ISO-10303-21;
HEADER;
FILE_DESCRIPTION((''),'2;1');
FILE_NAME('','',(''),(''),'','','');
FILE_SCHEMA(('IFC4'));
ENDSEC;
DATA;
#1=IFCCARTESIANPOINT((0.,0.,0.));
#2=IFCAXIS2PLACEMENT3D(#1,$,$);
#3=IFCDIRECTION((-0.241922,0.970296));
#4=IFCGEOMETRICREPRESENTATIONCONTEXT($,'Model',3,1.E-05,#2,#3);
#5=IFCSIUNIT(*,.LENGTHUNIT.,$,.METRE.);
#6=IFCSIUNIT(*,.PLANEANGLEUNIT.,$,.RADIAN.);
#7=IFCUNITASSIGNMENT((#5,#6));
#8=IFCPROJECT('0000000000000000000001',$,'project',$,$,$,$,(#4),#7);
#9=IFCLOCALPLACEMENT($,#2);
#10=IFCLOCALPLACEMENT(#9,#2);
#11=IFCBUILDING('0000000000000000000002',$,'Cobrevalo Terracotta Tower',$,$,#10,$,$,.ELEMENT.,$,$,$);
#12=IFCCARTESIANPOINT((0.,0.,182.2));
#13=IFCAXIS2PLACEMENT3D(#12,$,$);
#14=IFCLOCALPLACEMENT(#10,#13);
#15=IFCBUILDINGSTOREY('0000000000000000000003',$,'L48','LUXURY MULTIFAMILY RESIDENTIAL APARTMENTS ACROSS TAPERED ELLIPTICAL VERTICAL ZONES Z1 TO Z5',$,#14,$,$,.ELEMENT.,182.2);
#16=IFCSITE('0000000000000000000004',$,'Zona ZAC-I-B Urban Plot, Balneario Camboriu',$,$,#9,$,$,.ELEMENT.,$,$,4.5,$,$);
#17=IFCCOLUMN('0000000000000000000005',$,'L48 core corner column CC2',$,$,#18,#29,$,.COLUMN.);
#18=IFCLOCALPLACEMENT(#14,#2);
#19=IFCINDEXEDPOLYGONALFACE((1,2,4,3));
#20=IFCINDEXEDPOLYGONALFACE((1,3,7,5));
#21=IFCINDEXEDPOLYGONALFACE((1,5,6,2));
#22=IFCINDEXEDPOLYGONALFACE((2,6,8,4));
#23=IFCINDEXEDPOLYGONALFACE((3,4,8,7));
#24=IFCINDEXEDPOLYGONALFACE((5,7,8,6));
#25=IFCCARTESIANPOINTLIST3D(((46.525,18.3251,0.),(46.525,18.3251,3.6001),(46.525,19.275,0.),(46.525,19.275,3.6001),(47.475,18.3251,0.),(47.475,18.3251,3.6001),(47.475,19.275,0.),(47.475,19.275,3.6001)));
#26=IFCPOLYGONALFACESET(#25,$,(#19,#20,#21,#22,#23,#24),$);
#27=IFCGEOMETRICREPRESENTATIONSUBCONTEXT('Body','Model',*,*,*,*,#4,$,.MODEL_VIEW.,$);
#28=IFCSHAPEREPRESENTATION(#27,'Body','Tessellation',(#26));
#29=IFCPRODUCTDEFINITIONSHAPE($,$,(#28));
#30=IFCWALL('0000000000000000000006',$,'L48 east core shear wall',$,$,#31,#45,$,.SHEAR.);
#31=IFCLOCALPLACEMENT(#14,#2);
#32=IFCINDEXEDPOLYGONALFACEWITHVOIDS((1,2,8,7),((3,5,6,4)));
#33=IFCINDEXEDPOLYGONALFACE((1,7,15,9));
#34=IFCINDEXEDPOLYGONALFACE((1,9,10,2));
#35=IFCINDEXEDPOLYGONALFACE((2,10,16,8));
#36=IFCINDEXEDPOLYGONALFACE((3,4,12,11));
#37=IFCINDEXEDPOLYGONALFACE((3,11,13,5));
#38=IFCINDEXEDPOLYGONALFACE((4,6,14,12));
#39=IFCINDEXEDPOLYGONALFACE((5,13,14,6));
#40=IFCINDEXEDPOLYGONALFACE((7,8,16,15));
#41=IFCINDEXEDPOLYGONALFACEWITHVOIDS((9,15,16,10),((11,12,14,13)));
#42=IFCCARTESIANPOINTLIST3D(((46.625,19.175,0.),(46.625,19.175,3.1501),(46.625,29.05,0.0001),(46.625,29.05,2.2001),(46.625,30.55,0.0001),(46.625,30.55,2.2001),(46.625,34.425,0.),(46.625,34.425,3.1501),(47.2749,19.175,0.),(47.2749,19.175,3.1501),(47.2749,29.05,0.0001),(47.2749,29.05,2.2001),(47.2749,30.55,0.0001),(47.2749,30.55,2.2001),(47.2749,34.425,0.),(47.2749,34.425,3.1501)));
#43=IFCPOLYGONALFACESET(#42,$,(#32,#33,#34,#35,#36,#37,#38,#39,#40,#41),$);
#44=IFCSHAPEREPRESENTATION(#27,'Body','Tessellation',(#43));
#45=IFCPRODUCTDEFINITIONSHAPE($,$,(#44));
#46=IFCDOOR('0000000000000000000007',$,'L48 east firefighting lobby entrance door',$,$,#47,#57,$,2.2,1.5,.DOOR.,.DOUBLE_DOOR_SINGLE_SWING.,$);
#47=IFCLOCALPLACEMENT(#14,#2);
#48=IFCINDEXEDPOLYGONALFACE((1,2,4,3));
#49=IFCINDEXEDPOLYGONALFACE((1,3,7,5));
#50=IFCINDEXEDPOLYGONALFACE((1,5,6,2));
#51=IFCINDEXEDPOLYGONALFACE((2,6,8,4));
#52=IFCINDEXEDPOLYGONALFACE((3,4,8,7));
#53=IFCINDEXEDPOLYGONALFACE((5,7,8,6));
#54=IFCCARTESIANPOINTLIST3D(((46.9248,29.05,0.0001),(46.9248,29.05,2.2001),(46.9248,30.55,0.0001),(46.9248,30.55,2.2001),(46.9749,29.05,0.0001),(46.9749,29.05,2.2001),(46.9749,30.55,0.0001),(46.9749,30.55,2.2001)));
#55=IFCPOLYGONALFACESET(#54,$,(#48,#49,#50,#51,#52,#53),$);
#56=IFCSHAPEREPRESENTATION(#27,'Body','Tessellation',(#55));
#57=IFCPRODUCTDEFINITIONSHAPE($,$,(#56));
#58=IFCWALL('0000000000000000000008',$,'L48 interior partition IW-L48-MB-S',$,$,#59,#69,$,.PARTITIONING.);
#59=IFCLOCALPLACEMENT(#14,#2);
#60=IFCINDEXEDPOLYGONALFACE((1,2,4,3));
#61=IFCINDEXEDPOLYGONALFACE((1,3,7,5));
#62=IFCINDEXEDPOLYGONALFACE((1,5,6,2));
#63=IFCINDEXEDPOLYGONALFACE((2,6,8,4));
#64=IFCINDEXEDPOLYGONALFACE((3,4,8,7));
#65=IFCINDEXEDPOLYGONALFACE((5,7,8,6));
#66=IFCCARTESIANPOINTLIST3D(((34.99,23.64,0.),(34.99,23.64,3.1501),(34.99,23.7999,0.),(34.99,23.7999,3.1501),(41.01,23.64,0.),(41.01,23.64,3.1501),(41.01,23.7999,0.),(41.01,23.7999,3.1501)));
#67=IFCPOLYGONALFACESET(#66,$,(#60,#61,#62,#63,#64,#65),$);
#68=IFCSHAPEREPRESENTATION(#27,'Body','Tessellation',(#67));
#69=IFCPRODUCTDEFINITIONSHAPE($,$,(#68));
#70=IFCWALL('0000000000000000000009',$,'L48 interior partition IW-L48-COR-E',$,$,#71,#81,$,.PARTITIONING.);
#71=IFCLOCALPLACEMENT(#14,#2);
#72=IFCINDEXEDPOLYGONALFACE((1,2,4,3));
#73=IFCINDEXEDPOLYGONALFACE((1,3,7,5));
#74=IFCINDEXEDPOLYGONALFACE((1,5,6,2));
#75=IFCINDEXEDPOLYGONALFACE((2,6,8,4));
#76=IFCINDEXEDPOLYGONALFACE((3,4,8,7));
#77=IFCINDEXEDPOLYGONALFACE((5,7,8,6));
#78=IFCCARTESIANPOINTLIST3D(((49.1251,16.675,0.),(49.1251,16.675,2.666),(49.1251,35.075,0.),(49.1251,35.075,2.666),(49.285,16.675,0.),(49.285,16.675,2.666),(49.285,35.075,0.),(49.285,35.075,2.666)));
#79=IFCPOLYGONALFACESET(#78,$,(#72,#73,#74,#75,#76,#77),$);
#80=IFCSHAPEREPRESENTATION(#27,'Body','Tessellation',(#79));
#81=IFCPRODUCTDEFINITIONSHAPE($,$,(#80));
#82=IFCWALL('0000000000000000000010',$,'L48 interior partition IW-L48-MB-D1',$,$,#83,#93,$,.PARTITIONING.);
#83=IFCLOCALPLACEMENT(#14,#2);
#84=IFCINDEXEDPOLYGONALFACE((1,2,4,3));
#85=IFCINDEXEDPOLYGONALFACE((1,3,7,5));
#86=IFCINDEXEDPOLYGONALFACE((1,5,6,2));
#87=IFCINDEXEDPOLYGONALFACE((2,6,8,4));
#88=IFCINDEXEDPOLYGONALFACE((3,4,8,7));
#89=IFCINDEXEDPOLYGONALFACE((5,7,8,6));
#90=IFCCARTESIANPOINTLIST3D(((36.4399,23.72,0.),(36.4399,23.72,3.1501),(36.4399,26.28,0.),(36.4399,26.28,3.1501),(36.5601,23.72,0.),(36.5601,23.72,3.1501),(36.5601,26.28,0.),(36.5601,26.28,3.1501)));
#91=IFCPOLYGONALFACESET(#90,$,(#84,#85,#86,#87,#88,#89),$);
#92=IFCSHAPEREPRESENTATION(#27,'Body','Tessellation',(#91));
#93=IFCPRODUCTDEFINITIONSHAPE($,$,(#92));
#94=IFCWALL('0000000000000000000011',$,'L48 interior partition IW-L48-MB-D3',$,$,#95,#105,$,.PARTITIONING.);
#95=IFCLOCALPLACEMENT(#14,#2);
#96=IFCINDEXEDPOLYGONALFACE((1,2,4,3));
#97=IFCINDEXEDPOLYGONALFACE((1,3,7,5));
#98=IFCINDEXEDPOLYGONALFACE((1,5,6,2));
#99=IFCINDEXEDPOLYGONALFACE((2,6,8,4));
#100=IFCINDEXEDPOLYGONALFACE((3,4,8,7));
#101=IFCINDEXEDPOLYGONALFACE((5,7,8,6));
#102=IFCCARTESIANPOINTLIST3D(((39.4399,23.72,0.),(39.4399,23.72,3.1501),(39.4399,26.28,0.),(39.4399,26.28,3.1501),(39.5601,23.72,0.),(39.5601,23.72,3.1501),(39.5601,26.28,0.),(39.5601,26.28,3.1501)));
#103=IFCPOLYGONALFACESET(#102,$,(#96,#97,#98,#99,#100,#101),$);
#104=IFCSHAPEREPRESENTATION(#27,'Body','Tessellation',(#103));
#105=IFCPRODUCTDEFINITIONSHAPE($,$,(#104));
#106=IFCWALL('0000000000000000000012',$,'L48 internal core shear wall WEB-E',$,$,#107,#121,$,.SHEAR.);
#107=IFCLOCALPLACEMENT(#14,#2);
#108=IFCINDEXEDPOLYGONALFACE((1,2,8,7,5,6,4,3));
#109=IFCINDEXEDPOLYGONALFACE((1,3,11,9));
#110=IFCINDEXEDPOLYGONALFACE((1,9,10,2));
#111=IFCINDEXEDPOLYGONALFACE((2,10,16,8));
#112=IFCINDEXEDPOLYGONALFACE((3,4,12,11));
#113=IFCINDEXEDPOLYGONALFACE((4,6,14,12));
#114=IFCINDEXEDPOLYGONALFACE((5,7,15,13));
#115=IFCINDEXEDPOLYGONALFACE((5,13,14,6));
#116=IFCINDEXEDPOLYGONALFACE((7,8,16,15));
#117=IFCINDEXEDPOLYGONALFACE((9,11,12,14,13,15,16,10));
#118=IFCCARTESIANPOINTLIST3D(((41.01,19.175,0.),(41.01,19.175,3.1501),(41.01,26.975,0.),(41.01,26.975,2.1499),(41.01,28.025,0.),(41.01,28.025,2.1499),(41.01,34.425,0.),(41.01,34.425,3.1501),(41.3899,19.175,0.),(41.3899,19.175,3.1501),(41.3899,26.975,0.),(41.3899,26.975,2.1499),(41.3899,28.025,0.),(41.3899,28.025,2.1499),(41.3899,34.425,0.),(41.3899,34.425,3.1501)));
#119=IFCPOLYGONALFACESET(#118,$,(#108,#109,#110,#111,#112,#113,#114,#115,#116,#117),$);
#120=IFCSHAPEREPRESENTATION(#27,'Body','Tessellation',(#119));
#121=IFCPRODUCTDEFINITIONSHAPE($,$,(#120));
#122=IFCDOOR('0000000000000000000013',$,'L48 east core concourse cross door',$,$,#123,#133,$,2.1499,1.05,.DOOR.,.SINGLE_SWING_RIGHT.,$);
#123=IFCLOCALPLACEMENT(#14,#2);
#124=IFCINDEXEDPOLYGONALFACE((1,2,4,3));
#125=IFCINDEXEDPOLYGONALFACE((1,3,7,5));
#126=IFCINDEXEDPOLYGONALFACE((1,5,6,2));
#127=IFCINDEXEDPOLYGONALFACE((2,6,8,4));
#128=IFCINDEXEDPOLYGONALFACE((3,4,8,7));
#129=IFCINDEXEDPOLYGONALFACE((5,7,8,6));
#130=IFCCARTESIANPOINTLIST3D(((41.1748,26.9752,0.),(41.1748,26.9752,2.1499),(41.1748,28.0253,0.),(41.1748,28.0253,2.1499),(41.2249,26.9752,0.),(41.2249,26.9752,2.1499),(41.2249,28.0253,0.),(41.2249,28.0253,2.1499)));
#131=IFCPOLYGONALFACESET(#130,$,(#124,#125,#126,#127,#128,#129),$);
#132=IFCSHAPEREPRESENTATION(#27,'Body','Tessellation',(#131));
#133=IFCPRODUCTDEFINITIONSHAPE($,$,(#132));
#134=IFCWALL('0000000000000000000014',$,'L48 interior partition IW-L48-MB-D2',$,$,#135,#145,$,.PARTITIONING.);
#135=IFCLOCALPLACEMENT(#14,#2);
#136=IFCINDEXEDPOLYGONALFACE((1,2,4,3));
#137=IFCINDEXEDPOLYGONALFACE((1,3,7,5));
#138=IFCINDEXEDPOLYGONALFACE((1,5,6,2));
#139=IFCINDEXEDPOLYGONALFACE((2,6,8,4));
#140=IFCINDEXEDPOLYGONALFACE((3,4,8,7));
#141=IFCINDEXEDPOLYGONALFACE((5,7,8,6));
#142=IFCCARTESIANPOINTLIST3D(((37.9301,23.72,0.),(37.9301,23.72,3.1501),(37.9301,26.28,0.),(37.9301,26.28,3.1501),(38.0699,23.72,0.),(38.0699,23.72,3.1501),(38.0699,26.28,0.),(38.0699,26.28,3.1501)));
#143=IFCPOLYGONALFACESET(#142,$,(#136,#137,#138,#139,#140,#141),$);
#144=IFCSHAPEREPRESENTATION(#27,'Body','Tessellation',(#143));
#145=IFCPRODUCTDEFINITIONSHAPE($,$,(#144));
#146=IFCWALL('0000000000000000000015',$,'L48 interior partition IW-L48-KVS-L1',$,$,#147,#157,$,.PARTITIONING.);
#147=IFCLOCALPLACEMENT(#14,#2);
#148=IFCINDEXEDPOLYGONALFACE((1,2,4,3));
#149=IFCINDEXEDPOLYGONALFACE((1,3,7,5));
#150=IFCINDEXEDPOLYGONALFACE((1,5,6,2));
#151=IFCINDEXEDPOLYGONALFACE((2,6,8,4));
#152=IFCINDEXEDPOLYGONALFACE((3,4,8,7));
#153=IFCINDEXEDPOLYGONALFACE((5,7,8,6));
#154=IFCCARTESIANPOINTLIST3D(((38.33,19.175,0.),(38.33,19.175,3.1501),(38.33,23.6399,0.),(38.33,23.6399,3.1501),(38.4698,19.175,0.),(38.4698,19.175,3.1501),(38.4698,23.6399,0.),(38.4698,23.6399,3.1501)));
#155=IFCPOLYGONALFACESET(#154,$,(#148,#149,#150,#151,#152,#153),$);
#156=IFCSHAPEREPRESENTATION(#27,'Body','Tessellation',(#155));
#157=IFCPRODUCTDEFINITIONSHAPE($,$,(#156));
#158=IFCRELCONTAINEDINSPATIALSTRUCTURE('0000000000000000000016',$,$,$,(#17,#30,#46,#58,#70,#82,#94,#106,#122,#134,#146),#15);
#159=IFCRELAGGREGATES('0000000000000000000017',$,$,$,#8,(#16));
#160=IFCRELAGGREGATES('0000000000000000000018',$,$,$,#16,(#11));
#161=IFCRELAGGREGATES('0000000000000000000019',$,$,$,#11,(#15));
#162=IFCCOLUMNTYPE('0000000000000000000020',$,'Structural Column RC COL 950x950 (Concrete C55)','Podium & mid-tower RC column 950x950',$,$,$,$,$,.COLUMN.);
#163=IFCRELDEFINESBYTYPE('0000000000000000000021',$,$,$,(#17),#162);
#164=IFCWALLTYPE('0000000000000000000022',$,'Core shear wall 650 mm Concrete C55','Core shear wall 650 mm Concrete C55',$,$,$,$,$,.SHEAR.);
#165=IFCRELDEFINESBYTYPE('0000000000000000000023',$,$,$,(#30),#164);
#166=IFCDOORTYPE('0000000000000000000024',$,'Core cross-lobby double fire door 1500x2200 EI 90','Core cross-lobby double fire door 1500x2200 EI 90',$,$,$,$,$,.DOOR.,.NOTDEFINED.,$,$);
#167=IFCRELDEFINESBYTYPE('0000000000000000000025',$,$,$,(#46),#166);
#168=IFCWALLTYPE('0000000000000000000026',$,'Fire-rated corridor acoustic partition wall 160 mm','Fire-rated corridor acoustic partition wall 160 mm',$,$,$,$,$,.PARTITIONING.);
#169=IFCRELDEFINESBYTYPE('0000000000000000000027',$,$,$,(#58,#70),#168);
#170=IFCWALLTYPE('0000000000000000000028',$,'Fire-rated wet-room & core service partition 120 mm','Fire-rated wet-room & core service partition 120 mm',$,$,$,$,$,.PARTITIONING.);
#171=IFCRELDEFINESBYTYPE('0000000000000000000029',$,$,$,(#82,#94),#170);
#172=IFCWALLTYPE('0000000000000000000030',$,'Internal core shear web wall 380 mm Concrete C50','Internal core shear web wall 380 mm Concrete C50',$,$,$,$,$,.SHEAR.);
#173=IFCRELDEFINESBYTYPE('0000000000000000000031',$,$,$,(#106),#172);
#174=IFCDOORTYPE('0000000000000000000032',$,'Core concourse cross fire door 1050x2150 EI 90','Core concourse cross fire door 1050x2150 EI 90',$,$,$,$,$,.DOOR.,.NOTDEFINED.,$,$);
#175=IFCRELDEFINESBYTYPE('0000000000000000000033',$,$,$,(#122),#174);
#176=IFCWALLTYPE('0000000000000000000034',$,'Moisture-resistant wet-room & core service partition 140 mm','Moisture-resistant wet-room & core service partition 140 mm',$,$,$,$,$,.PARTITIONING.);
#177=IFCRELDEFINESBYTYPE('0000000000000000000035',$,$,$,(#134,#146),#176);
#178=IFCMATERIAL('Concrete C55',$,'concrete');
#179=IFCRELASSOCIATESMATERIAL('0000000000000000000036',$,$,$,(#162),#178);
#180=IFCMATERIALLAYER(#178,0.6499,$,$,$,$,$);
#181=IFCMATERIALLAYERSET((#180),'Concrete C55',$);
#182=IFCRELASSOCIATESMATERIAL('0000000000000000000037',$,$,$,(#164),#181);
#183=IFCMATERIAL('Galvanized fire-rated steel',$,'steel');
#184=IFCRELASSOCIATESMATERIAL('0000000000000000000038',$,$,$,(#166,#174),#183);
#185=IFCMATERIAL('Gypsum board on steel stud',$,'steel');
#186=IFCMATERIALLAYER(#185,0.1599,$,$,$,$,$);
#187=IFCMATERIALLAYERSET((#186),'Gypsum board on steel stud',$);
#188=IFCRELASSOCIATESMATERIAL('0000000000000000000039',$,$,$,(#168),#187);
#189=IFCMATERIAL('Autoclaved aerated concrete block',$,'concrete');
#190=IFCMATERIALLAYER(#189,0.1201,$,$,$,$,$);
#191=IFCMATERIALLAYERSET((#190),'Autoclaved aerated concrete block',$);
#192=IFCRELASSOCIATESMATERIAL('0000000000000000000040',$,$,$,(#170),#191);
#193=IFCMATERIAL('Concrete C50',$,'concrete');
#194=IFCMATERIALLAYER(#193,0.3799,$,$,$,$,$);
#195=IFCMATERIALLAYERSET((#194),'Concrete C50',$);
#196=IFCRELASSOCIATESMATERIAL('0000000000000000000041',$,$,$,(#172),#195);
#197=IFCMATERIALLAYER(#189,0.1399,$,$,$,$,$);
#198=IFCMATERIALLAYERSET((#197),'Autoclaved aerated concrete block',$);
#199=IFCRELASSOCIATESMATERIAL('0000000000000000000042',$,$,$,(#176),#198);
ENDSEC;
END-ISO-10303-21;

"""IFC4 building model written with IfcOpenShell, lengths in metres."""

from ifc_helpers import new_model, si_unit, direction, frame, frame_2d, origin, origin_2d, place, context, subcontext, project, spatial, rectangle, extrude, source, transform, mapped, material, layer, layer_set, material_profile, profile_set, type_object, element, fill, save


model = new_model("IFC4")

# Units and contexts
model_context = context("Model", 3, precision=1e-05, world=origin(), true_north=direction((-0.241922, 0.970296)))
body_context = subcontext(model_context, "Body", "Model", "MODEL_VIEW")
ifc_project = project(units=[si_unit("LENGTHUNIT", "METRE"), si_unit("PLANEANGLEUNIT", "RADIAN")], contexts=[model_context])

# Site, building, storey
site_placement = place(None, origin())
site = spatial("IfcSite", under=ifc_project, at=site_placement, Name="Zona ZAC-I-B Urban Plot, Balneario Camboriu", CompositionType="ELEMENT", RefElevation=4.5)
building_placement = place(site_placement, origin())
building = spatial("IfcBuilding", under=site, at=building_placement, Name="Cobrevalo Terracotta Tower", CompositionType="ELEMENT")
storey_placement = place(building_placement, frame((0.0, 0.0, 182.2)))
storey = spatial("IfcBuildingStorey", under=building, at=storey_placement, Name="L48", Description="LUXURY MULTIFAMILY RESIDENTIAL APARTMENTS ACROSS TAPERED ELLIPTICAL VERTICAL ZONES Z1 TO Z5", CompositionType="ELEMENT", Elevation=182.2)

# Column
ifc_material_1 = material(Name="Concrete C55", Category="concrete")
ifc_material_profile = material_profile(ifc_material_1, rectangle(XDim=0.95, YDim=0.95, at=origin_2d()), Name="RC COL 950x950")
ifc_profile_set = profile_set([ifc_material_profile], Name="Concrete C55")
column_type = type_object("IfcColumnType", Name="Structural Column RC COL 950x950 (Concrete C55)", Description="Podium & mid-tower RC column 950x950", PredefinedType="COLUMN", material=ifc_profile_set)
column_placement = place(storey_placement, frame((47.0, 18.8, 0.0), z_axis=(0.0, 0.0, 1.0), x_axis=(1.0, 0.0, 0.0)))
element("IfcColumn", 1, at=column_placement, inside=storey, type_object=column_type, Name="L48 core corner column CC2", PredefinedType="COLUMN", context=body_context, shape_type="SweptSolid", body=[
    extrude(rectangle(XDim=0.95, YDim=0.95, at=origin_2d()), origin(), (0.0, 0.0, 1.0), 3.6001),
])

# Wall, opening, door
ifc_layer_1 = layer(ifc_material_1, 0.6499)
ifc_layer_set_1 = layer_set([ifc_layer_1], Name="Concrete C55")
wall_type_1 = type_object("IfcWallType", Name="Core shear wall 650 mm Concrete C55", Description="Core shear wall 650 mm Concrete C55", PredefinedType="SHEAR", material=ifc_layer_set_1)
wall_1_placement = place(storey_placement, frame((46.95, 19.175, 0.0), z_axis=(0.0, 0.0, 1.0), x_axis=(0.0, 1.0, 0.0)))
wall_1 = element("IfcWall", 2, at=wall_1_placement, inside=storey, type_object=wall_type_1, Name="L48 east core shear wall", PredefinedType="SHEAR", context=body_context, shape_type="SweptSolid", body=[
    extrude(rectangle(XDim=15.25, YDim=0.6499, at=frame_2d((7.625, 0.0))), origin(), (0.0, 0.0, 1.0), 3.1501),
])
opening_1_placement = place(wall_1_placement, frame((9.875, 0.0, 0.0)))
opening_1 = element("IfcOpeningElement", 3, at=opening_1_placement, cuts=wall_1, PredefinedType="OPENING", context=body_context, shape_type="SweptSolid", body=[
    extrude(rectangle(XDim=1.5, YDim=2.2, at=frame_2d((0.75, 1.1001))), frame((0.0, 0.335, 0.0), z_axis=(0.0, -1.0, 0.0), x_axis=(1.0, 0.0, 0.0)), (0.0, 0.0, 1.0), 0.6699),
])
ifc_material_2 = material(Name="Galvanized fire-rated steel", Category="steel")
door_type_1 = type_object("IfcDoorType", Name="Core cross-lobby double fire door 1500x2200 EI 90", Description="Core cross-lobby double fire door 1500x2200 EI 90", OperationType="NOTDEFINED", PredefinedType="DOOR", material=ifc_material_2)
shared_shape_1 = source(origin(), body_context, "Body", "SweptSolid", [
    extrude(rectangle(XDim=1.5, YDim=2.2, at=frame_2d((0.75, 1.1001))), frame((0.0, 0.0249, 0.0), z_axis=(0.0, -1.0, 0.0), x_axis=(1.0, 0.0, 0.0)), (0.0, 0.0, 1.0), 0.05),
])
door_1_placement = place(opening_1_placement, frame((1.5, 0.0, 0.0), z_axis=(0.0, 0.0, 1.0), x_axis=(-1.0, 0.0, 0.0)))
door_1 = element("IfcDoor", 4, at=door_1_placement, inside=storey, type_object=door_type_1, Name="L48 east firefighting lobby entrance door", OperationType="DOUBLE_DOOR_SINGLE_SWING", OverallHeight=2.2, OverallWidth=1.5, PredefinedType="DOOR", context=body_context, shape_type="MappedRepresentation", body=[
    mapped(shared_shape_1, transform((0.0, 0.0, 0.0), scale=1.0)),
])
fill(opening_1, door_1)

# Walls
ifc_material_3 = material(Name="Gypsum board on steel stud", Category="steel")
ifc_layer_2 = layer(ifc_material_3, 0.1599)
ifc_layer_set_2 = layer_set([ifc_layer_2], Name="Gypsum board on steel stud")
wall_type_2 = type_object("IfcWallType", Name="Fire-rated corridor acoustic partition wall 160 mm", Description="Fire-rated corridor acoustic partition wall 160 mm", PredefinedType="PARTITIONING", material=ifc_layer_set_2)
wall_2_placement = place(storey_placement, frame((34.99, 23.72, 0.0), z_axis=(0.0, 0.0, 1.0), x_axis=(1.0, 0.0, 0.0)))
element("IfcWall", 5, at=wall_2_placement, inside=storey, type_object=wall_type_2, Name="L48 interior partition IW-L48-MB-S", PredefinedType="PARTITIONING", context=body_context, shape_type="SweptSolid", body=[
    extrude(rectangle(XDim=6.02, YDim=0.1599, at=frame_2d((3.01, 0.0))), origin(), (0.0, 0.0, 1.0), 3.1501),
])
wall_3_placement = place(storey_placement, frame((49.2051, 16.675, 0.0), z_axis=(0.0, 0.0, 1.0), x_axis=(0.0, 1.0, 0.0)))
element("IfcWall", 6, at=wall_3_placement, inside=storey, type_object=wall_type_2, Name="L48 interior partition IW-L48-COR-E", PredefinedType="PARTITIONING", context=body_context, shape_type="SweptSolid", body=[
    extrude(rectangle(XDim=18.3999, YDim=0.1599, at=frame_2d((9.2, 0.0))), origin(), (0.0, 0.0, 1.0), 2.666),
])
ifc_material_4 = material(Name="Autoclaved aerated concrete block", Category="concrete")
ifc_layer_3 = layer(ifc_material_4, 0.1201)
ifc_layer_set_3 = layer_set([ifc_layer_3], Name="Autoclaved aerated concrete block")
wall_type_3 = type_object("IfcWallType", Name="Fire-rated wet-room & core service partition 120 mm", Description="Fire-rated wet-room & core service partition 120 mm", PredefinedType="PARTITIONING", material=ifc_layer_set_3)
for number, where, z_axis, x_axis, name in (
    (7, (36.5, 23.72, 0.0), (0.0, 0.0, 1.0), (0.0, 1.0, 0.0), "L48 interior partition IW-L48-MB-D1"),
    (8, (39.5, 23.72, 0.0), (0.0, 0.0, 1.0), (0.0, 1.0, 0.0), "L48 interior partition IW-L48-MB-D3"),
):
    element("IfcWall", number, at=place(storey_placement, frame(where, z_axis=z_axis, x_axis=x_axis)), inside=storey, type_object=wall_type_3, Name=name, PredefinedType="PARTITIONING", context=body_context, shape_type="SweptSolid", body=[
        extrude(rectangle(XDim=2.5601, YDim=0.1201, at=frame_2d((1.28, 0.0))), origin(), (0.0, 0.0, 1.0), 3.1501),
    ])

# Wall, opening, door
ifc_material_5 = material(Name="Concrete C50", Category="concrete")
ifc_layer_4 = layer(ifc_material_5, 0.3799)
ifc_layer_set_4 = layer_set([ifc_layer_4], Name="Concrete C50")
wall_type_4 = type_object("IfcWallType", Name="Internal core shear web wall 380 mm Concrete C50", Description="Internal core shear web wall 380 mm Concrete C50", PredefinedType="SHEAR", material=ifc_layer_set_4)
wall_4_placement = place(storey_placement, frame((41.2, 19.175, 0.0), z_axis=(0.0, 0.0, 1.0), x_axis=(0.0, 1.0, 0.0)))
wall_4 = element("IfcWall", 9, at=wall_4_placement, inside=storey, type_object=wall_type_4, Name="L48 internal core shear wall WEB-E", PredefinedType="SHEAR", context=body_context, shape_type="SweptSolid", body=[
    extrude(rectangle(XDim=15.25, YDim=0.3799, at=frame_2d((7.625, 0.0))), origin(), (0.0, 0.0, 1.0), 3.1501),
])
opening_2_placement = place(wall_4_placement, frame((7.8, 0.0, 0.0)))
opening_2 = element("IfcOpeningElement", 10, at=opening_2_placement, cuts=wall_4, PredefinedType="OPENING", context=body_context, shape_type="SweptSolid", body=[
    extrude(rectangle(XDim=1.05, YDim=2.1499, at=frame_2d((0.5249, 1.075))), frame((0.0, 0.2, 0.0), z_axis=(0.0, -1.0, 0.0), x_axis=(1.0, 0.0, 0.0)), (0.0, 0.0, 1.0), 0.3999),
])
door_type_2 = type_object("IfcDoorType", Name="Core concourse cross fire door 1050x2150 EI 90", Description="Core concourse cross fire door 1050x2150 EI 90", OperationType="NOTDEFINED", PredefinedType="DOOR", material=ifc_material_2)
shared_shape_2 = source(origin(), body_context, "Body", "SweptSolid", [
    extrude(rectangle(XDim=1.05, YDim=2.1499, at=frame_2d((0.5249, 1.075))), frame((0.0, 0.0249, 0.0), z_axis=(0.0, -1.0, 0.0), x_axis=(1.0, 0.0, 0.0)), (0.0, 0.0, 1.0), 0.05),
])
door_2_placement = place(opening_2_placement, frame((1.05, 0.0, 0.0), z_axis=(0.0, 0.0, 1.0), x_axis=(-1.0, 0.0, 0.0)))
door_2 = element("IfcDoor", 11, at=door_2_placement, inside=storey, type_object=door_type_2, Name="L48 east core concourse cross door", OperationType="SINGLE_SWING_RIGHT", OverallHeight=2.1499, OverallWidth=1.05, PredefinedType="DOOR", context=body_context, shape_type="MappedRepresentation", body=[
    mapped(shared_shape_2, transform((0.0, 0.0, 0.0), scale=1.0)),
])
fill(opening_2, door_2)

# Walls
ifc_layer_5 = layer(ifc_material_4, 0.1399)
ifc_layer_set_5 = layer_set([ifc_layer_5], Name="Autoclaved aerated concrete block")
wall_type_5 = type_object("IfcWallType", Name="Moisture-resistant wet-room & core service partition 140 mm", Description="Moisture-resistant wet-room & core service partition 140 mm", PredefinedType="PARTITIONING", material=ifc_layer_set_5)
wall_5_placement = place(storey_placement, frame((38.0, 23.72, 0.0), z_axis=(0.0, 0.0, 1.0), x_axis=(0.0, 1.0, 0.0)))
element("IfcWall", 12, at=wall_5_placement, inside=storey, type_object=wall_type_5, Name="L48 interior partition IW-L48-MB-D2", PredefinedType="PARTITIONING", context=body_context, shape_type="SweptSolid", body=[
    extrude(rectangle(XDim=2.5601, YDim=0.1399, at=frame_2d((1.28, 0.0))), origin(), (0.0, 0.0, 1.0), 3.1501),
])
wall_6_placement = place(storey_placement, frame((38.3999, 19.175, 0.0), z_axis=(0.0, 0.0, 1.0), x_axis=(0.0, 1.0, 0.0)))
element("IfcWall", 13, at=wall_6_placement, inside=storey, type_object=wall_type_5, Name="L48 interior partition IW-L48-KVS-L1", PredefinedType="PARTITIONING", context=body_context, shape_type="SweptSolid", body=[
    extrude(rectangle(XDim=4.4648, YDim=0.1399, at=frame_2d((2.2324, 0.0))), origin(), (0.0, 0.0, 1.0), 3.1501),
])

save(model, "model.ifc")
